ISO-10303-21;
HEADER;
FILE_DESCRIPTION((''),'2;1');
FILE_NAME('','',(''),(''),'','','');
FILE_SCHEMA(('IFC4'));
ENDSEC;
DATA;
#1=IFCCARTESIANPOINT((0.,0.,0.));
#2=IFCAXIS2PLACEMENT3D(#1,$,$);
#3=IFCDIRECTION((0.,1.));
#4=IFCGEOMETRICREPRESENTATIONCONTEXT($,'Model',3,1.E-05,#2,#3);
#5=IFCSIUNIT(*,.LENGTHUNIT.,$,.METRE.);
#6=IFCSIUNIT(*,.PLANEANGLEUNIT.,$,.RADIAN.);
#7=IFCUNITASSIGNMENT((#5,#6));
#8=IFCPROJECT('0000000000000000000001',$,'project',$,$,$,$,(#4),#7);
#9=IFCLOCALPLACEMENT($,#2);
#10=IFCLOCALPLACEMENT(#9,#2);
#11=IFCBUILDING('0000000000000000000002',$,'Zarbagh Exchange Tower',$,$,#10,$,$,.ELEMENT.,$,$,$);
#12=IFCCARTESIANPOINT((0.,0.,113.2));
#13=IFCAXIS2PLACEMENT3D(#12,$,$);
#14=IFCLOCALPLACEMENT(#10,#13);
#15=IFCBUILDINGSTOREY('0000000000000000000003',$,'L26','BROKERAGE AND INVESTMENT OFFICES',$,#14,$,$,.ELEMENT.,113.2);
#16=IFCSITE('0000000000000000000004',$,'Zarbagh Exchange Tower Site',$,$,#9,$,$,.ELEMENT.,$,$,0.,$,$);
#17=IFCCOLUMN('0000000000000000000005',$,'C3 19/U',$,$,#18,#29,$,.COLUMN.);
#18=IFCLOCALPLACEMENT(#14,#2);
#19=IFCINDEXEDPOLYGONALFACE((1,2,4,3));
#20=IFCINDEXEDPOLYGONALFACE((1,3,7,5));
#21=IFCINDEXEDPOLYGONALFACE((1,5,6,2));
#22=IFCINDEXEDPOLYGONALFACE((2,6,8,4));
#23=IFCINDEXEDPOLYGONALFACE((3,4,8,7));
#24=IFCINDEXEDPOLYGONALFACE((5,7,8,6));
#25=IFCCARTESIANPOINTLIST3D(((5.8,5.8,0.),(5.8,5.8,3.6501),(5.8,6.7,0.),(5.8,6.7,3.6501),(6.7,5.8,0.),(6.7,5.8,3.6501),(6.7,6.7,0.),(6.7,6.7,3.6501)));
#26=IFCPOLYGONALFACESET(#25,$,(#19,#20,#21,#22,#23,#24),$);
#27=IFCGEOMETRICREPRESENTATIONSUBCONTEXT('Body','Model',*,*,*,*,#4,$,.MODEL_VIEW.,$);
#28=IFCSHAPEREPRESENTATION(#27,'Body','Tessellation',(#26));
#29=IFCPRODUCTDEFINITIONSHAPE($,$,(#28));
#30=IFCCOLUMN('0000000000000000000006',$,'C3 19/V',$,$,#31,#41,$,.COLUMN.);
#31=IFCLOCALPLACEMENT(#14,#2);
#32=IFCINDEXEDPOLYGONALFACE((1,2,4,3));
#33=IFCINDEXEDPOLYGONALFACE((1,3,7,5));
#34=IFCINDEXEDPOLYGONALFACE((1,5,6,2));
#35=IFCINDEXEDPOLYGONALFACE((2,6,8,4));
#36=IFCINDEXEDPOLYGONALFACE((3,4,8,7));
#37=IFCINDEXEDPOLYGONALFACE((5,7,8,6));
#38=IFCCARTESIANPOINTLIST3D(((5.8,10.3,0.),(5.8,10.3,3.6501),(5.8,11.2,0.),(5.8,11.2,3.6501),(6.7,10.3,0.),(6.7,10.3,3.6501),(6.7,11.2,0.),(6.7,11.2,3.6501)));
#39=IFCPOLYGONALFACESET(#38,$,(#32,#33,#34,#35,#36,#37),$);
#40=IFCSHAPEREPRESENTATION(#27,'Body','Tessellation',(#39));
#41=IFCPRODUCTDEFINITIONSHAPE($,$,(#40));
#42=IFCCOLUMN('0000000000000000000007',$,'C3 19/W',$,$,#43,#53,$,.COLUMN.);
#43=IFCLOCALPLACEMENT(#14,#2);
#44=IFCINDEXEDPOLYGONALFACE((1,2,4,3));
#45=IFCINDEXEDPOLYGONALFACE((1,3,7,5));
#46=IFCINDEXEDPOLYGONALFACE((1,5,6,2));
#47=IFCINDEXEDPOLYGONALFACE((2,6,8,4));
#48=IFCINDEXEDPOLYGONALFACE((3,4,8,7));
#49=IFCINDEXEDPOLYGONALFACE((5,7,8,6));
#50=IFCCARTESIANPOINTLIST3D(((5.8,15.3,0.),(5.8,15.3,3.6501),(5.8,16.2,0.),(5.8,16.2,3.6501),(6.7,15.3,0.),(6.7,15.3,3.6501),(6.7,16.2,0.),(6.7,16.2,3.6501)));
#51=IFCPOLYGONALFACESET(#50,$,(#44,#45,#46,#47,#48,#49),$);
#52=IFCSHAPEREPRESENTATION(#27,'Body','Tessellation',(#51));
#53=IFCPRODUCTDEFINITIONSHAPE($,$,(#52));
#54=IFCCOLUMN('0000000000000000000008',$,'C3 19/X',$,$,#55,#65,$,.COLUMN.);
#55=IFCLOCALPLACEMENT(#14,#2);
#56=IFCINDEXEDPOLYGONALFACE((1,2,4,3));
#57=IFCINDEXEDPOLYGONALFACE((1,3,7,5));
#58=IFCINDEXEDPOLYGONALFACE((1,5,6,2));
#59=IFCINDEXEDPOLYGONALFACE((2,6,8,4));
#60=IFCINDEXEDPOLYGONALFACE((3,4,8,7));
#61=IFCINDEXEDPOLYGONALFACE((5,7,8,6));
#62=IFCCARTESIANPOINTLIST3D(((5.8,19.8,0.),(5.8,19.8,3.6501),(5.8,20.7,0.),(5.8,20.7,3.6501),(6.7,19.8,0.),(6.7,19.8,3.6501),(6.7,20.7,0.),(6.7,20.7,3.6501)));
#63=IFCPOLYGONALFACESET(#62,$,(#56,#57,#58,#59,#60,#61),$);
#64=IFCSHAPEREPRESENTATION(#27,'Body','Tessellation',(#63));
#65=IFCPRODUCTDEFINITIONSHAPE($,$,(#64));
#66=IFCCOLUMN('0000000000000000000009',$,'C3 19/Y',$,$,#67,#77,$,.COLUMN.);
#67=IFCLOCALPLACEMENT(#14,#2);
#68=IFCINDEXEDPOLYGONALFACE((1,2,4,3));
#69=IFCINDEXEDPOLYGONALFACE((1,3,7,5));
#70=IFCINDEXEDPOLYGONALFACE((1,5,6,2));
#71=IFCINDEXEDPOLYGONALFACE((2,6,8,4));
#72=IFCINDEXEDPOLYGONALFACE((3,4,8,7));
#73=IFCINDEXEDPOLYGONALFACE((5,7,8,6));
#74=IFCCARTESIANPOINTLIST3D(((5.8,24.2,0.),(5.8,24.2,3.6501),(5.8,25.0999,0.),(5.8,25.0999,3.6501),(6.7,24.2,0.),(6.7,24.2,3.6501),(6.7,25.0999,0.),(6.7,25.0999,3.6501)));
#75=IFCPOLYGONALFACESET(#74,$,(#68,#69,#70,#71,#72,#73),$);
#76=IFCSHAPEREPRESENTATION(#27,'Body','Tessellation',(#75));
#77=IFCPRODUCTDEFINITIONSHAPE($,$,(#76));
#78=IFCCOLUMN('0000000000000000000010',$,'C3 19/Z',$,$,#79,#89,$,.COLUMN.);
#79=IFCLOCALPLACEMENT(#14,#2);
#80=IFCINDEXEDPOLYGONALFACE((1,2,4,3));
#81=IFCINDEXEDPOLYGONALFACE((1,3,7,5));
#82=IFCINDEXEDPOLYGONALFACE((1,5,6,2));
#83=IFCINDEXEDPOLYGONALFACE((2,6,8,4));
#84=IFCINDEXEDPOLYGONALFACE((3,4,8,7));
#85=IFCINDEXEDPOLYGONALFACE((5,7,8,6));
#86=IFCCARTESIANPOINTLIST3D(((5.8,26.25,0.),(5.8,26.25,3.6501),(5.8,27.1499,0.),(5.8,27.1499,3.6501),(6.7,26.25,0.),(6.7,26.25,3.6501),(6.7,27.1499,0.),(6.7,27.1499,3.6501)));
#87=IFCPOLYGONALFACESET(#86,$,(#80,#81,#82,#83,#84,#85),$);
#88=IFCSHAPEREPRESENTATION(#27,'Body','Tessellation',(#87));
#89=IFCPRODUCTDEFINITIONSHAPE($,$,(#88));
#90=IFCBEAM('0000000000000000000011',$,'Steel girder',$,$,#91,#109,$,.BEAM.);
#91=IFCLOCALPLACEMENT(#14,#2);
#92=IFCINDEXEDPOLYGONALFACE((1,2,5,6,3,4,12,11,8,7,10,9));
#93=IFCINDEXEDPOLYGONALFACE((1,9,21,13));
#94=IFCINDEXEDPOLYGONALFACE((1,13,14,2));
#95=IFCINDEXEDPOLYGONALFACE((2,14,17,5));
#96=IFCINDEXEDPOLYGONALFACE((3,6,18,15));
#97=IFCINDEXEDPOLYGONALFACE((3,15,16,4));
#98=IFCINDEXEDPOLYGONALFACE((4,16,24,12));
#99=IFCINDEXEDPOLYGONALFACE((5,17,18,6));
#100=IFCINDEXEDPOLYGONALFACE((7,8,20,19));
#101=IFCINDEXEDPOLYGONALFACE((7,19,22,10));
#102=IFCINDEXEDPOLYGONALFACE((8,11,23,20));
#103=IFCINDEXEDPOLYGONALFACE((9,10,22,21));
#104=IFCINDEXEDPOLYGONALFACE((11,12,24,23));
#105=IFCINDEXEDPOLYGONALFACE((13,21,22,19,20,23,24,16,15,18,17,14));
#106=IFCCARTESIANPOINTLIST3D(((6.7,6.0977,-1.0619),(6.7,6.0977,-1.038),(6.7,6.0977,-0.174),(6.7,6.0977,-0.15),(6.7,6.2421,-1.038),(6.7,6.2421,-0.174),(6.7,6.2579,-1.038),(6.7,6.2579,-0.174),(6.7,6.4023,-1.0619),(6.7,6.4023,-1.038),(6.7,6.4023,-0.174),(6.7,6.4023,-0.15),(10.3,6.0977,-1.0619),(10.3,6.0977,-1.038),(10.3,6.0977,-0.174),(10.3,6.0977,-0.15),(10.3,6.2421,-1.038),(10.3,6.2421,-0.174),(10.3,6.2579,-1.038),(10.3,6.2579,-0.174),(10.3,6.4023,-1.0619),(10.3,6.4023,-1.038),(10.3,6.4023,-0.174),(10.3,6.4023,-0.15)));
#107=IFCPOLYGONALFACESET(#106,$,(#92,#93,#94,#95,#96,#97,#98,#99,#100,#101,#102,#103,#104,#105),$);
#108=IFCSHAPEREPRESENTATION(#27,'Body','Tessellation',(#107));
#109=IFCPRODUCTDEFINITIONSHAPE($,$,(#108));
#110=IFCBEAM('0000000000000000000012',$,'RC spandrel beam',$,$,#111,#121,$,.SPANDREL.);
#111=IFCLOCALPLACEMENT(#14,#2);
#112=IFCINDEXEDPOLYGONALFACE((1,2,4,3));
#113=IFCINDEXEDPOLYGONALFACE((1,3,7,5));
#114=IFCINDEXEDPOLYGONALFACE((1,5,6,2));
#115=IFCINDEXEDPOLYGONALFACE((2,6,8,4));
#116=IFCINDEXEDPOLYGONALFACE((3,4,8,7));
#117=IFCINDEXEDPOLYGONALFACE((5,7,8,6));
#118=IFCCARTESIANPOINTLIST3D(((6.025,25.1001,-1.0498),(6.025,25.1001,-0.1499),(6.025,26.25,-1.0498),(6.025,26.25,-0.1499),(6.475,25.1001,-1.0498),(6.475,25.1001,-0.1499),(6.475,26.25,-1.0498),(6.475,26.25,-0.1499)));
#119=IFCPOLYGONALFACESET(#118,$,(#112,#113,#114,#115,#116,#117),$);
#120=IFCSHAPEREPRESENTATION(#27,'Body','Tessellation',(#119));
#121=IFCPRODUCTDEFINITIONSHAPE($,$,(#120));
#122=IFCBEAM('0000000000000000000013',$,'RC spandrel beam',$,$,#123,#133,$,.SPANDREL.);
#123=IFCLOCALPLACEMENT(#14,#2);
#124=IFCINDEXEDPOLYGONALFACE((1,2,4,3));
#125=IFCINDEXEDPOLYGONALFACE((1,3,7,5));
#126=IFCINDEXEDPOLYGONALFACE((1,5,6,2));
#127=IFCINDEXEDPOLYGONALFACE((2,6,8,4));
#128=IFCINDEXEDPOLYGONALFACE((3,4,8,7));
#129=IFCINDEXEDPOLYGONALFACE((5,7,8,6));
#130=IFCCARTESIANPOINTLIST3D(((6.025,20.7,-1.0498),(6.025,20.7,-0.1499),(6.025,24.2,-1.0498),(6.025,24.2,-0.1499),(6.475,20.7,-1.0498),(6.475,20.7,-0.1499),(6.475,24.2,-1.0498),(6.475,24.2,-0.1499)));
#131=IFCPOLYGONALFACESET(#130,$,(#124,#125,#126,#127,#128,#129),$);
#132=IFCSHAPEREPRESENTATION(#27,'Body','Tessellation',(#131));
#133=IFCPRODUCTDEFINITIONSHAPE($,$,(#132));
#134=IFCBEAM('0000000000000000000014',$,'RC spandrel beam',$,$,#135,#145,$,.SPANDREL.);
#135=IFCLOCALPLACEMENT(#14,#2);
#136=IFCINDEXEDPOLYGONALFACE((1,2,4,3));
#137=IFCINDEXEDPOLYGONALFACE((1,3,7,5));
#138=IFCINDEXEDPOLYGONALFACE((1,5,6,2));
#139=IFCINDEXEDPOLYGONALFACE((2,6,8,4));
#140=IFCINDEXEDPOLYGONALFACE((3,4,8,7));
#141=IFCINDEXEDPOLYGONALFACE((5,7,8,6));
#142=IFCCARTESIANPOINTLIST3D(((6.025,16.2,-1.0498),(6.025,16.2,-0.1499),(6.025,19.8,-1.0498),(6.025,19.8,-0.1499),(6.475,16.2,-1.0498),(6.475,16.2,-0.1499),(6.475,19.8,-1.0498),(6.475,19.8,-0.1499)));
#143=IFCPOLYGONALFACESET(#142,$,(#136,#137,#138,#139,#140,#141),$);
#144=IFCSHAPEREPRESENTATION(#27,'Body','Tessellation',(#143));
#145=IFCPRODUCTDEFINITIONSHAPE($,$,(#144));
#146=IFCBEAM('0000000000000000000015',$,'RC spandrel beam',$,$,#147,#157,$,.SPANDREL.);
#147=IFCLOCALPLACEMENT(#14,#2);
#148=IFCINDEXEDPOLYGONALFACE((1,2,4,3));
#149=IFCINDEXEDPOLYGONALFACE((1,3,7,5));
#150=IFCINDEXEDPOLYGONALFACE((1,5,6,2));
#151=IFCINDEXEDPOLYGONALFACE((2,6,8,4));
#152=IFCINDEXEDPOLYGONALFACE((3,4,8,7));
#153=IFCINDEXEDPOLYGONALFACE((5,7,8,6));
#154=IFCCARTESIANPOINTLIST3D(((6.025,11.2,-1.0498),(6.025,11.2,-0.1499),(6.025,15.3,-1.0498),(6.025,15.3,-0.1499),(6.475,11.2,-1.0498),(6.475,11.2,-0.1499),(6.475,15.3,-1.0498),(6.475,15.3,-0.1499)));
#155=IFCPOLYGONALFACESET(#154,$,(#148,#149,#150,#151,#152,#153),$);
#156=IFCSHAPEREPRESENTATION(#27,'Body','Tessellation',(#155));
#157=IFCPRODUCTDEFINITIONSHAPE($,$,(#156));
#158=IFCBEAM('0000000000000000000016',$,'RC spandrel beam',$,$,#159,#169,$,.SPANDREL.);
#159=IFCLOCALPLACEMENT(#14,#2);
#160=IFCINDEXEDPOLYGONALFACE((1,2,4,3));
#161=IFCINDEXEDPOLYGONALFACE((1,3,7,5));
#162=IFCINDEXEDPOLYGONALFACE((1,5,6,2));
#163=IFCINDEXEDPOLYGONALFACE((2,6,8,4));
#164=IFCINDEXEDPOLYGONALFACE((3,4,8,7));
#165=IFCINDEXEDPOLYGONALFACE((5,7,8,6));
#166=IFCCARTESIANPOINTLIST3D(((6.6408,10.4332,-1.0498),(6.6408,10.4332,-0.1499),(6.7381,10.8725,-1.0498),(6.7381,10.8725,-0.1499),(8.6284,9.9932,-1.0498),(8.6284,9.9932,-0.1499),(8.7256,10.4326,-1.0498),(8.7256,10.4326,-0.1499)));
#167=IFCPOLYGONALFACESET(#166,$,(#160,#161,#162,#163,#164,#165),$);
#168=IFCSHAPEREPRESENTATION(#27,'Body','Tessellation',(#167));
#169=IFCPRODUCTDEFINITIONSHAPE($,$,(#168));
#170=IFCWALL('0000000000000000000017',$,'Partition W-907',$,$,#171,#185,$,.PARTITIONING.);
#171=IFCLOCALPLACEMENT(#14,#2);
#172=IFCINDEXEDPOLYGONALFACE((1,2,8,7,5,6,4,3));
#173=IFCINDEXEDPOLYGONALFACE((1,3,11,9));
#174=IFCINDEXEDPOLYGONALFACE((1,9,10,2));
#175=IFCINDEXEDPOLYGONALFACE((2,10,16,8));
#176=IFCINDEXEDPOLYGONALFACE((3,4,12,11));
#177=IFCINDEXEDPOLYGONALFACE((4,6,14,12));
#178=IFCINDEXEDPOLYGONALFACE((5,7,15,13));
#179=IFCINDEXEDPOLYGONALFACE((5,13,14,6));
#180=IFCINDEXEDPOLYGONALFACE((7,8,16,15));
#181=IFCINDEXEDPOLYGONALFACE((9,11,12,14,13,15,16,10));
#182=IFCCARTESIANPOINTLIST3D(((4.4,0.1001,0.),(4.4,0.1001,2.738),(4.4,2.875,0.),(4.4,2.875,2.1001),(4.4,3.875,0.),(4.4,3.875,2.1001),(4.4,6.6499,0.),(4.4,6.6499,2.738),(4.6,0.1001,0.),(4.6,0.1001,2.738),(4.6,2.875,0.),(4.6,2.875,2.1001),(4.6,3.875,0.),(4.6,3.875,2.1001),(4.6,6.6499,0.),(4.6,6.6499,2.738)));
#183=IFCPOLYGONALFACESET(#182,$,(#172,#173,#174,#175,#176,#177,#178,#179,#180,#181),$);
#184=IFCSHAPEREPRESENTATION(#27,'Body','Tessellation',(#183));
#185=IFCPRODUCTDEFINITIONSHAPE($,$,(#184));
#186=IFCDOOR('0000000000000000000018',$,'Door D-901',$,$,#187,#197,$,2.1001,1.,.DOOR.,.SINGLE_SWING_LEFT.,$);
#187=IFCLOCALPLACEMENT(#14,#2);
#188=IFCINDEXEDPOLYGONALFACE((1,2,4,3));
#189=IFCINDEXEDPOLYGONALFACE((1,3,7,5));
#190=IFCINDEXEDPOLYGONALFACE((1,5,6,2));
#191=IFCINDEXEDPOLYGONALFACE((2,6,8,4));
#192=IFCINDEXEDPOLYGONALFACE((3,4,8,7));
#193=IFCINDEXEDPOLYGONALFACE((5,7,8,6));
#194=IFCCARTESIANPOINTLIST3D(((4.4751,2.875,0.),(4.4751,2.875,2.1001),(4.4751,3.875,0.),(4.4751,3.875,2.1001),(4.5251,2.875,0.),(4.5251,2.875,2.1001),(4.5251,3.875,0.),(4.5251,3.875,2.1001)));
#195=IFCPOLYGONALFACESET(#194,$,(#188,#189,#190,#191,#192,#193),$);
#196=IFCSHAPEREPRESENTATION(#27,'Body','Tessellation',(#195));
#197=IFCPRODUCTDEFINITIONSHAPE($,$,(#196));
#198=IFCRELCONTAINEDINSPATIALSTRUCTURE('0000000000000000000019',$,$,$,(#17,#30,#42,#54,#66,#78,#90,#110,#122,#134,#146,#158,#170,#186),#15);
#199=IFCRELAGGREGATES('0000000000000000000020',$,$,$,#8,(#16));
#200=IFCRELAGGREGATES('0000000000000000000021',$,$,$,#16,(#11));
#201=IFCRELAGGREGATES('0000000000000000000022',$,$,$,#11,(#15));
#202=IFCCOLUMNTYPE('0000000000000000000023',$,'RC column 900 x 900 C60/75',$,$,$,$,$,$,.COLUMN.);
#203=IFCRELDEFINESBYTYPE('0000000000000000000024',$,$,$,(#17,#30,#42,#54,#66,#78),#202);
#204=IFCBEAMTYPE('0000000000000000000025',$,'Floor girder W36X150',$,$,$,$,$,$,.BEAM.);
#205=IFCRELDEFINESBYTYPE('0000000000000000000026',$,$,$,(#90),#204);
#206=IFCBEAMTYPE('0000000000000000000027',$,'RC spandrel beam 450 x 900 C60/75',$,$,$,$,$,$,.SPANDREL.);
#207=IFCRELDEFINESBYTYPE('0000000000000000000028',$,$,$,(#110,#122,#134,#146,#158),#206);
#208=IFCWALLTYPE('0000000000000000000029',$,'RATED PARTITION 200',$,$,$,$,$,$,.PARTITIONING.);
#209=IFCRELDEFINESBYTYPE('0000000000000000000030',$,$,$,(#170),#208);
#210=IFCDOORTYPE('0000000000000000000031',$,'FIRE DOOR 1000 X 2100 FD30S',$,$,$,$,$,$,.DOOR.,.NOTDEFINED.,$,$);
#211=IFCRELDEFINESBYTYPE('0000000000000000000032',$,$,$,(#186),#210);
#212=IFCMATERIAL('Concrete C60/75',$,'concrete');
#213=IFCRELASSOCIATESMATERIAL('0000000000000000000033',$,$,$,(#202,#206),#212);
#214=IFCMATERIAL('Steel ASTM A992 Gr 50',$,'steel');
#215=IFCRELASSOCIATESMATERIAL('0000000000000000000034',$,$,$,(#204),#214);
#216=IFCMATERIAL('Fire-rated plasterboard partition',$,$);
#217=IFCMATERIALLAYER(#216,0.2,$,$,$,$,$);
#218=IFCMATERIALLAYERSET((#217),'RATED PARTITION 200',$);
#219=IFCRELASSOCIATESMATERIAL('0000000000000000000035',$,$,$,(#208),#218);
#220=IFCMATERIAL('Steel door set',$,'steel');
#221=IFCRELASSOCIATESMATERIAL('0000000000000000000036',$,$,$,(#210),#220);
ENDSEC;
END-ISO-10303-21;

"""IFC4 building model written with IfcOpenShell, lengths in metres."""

from ifc_helpers import new_model, si_unit, direction, frame, frame_2d, origin, origin_2d, place, context, subcontext, project, spatial, rectangle, i_section, extrude, material, layer, layer_set, material_profile, profile_set, type_object, element, fill, save


model = new_model("IFC4")

# Units and contexts
model_context = context("Model", 3, precision=1e-05, world=origin(), true_north=direction((0.0, 1.0)))
body_context = subcontext(model_context, "Body", "Model", "MODEL_VIEW")
ifc_project = project(units=[si_unit("LENGTHUNIT", "METRE"), si_unit("PLANEANGLEUNIT", "RADIAN")], contexts=[model_context])

# Site, building, storey
site_placement = place(None, origin())
site = spatial("IfcSite", under=ifc_project, at=site_placement, Name="Zarbagh Exchange Tower Site", CompositionType="ELEMENT", RefElevation=0.0)
building_placement = place(site_placement, origin())
building = spatial("IfcBuilding", under=site, at=building_placement, Name="Zarbagh Exchange Tower", CompositionType="ELEMENT")
storey_placement = place(building_placement, frame((0.0, 0.0, 113.2)))
storey = spatial("IfcBuildingStorey", under=building, at=storey_placement, Name="L26", Description="BROKERAGE AND INVESTMENT OFFICES", CompositionType="ELEMENT", Elevation=113.2)

# Columns
ifc_material_1 = material(Name="Concrete C60/75", Category="concrete")
ifc_material_profile_1 = material_profile(ifc_material_1, rectangle(XDim=0.8999, YDim=0.8999, at=origin_2d()), Name="RC column 900 x 900 C60/75")
ifc_profile_set_1 = profile_set([ifc_material_profile_1], Name="Concrete C60/75")
column_type = type_object("IfcColumnType", Name="RC column 900 x 900 C60/75", PredefinedType="COLUMN", material=ifc_profile_set_1)
for number, where, z_axis, x_axis, name in (
    (1, (6.25, 6.25, 0.0), (0.0, 0.0, 1.0), (1.0, 0.0, 0.0), "C3 19/U"),
    (2, (6.25, 10.75, 0.0), (0.0, 0.0, 1.0), (1.0, 0.0, 0.0), "C3 19/V"),
    (3, (6.25, 15.75, 0.0), (0.0, 0.0, 1.0), (1.0, 0.0, 0.0), "C3 19/W"),
    (4, (6.25, 20.25, 0.0), (0.0, 0.0, 1.0), (1.0, 0.0, 0.0), "C3 19/X"),
    (5, (6.25, 24.6499, 0.0), (0.0, 0.0, 1.0), (1.0, 0.0, 0.0), "C3 19/Y"),
    (6, (6.25, 26.7, 0.0), (0.0, 0.0, 1.0), (1.0, 0.0, 0.0), "C3 19/Z"),
):
    element("IfcColumn", number, at=place(storey_placement, frame(where, z_axis=z_axis, x_axis=x_axis)), inside=storey, type_object=column_type, Name=name, PredefinedType="COLUMN", context=body_context, shape_type="SweptSolid", body=[
        extrude(rectangle(XDim=0.8999, YDim=0.8999, at=origin_2d()), origin(), (0.0, 0.0, 1.0), 3.6501),
    ])

# Beams
ifc_material_2 = material(Name="Steel ASTM A992 Gr 50", Category="steel")
ifc_material_profile_2 = material_profile(ifc_material_2, i_section(OverallWidth=0.3047, OverallDepth=0.9119, WebThickness=0.0159, FlangeThickness=0.0239, at=origin_2d()), Name="W36X150")
ifc_profile_set_2 = profile_set([ifc_material_profile_2], Name="Steel ASTM A992 Gr 50")
beam_type_1 = type_object("IfcBeamType", Name="Floor girder W36X150", PredefinedType="BEAM", material=ifc_profile_set_2)
beam_1_placement = place(storey_placement, frame((6.7, 6.25, -0.606), z_axis=(1.0, 0.0, 0.0), x_axis=(0.0, 1.0, 0.0)))
element("IfcBeam", 7, at=beam_1_placement, inside=storey, type_object=beam_type_1, Name="Steel girder", PredefinedType="BEAM", context=body_context, shape_type="SweptSolid", body=[
    extrude(i_section(OverallWidth=0.3047, OverallDepth=0.9119, WebThickness=0.0159, FlangeThickness=0.0239, at=origin_2d()), origin(), (0.0, 0.0, 1.0), 3.6001),
])
ifc_material_profile_3 = material_profile(ifc_material_1, rectangle(XDim=0.45, YDim=0.8999, at=origin_2d()), Name="RC spandrel beam 450 x 900 C60/75")
ifc_profile_set_3 = profile_set([ifc_material_profile_3], Name="Concrete C60/75")
beam_type_2 = type_object("IfcBeamType", Name="RC spandrel beam 450 x 900 C60/75", PredefinedType="SPANDREL", material=ifc_profile_set_3)
beam_2_placement = place(storey_placement, frame((6.25, 26.25, -0.5999), z_axis=(0.0, -1.0, 0.0), x_axis=(1.0, 0.0, 0.0)))
element("IfcBeam", 8, at=beam_2_placement, inside=storey, type_object=beam_type_2, Name="RC spandrel beam", PredefinedType="SPANDREL", context=body_context, shape_type="SweptSolid", body=[
    extrude(rectangle(XDim=0.45, YDim=0.8999, at=origin_2d()), origin(), (0.0, 0.0, 1.0), 1.1499),
])
beam_3_placement = place(storey_placement, frame((6.25, 24.2, -0.5999), z_axis=(0.0, -1.0, 0.0), x_axis=(1.0, 0.0, 0.0)))
element("IfcBeam", 9, at=beam_3_placement, inside=storey, type_object=beam_type_2, Name="RC spandrel beam", PredefinedType="SPANDREL", context=body_context, shape_type="SweptSolid", body=[
    extrude(rectangle(XDim=0.45, YDim=0.8999, at=origin_2d()), origin(), (0.0, 0.0, 1.0), 3.5),
])
beam_4_placement = place(storey_placement, frame((6.25, 19.8, -0.5999), z_axis=(0.0, -1.0, 0.0), x_axis=(1.0, 0.0, 0.0)))
element("IfcBeam", 10, at=beam_4_placement, inside=storey, type_object=beam_type_2, Name="RC spandrel beam", PredefinedType="SPANDREL", context=body_context, shape_type="SweptSolid", body=[
    extrude(rectangle(XDim=0.45, YDim=0.8999, at=origin_2d()), origin(), (0.0, 0.0, 1.0), 3.6001),
])
beam_5_placement = place(storey_placement, frame((6.25, 15.3, -0.5999), z_axis=(0.0, -1.0, 0.0), x_axis=(1.0, 0.0, 0.0)))
element("IfcBeam", 11, at=beam_5_placement, inside=storey, type_object=beam_type_2, Name="RC spandrel beam", PredefinedType="SPANDREL", context=body_context, shape_type="SweptSolid", body=[
    extrude(rectangle(XDim=0.45, YDim=0.8999, at=origin_2d()), origin(), (0.0, 0.0, 1.0), 4.1001),
])
beam_6_placement = place(storey_placement, frame((6.6895, 10.6528, -0.5999), z_axis=(0.976367, -0.216118, 0.0), x_axis=(0.216118, 0.976367, 0.0)))
element("IfcBeam", 12, at=beam_6_placement, inside=storey, type_object=beam_type_2, Name="RC spandrel beam", PredefinedType="SPANDREL", context=body_context, shape_type="SweptSolid", body=[
    extrude(rectangle(XDim=0.45, YDim=0.8999, at=origin_2d()), origin(), (0.0, 0.0, 1.0), 2.0356),
])

# Wall, opening, door
ifc_material_3 = material(Name="Fire-rated plasterboard partition")
ifc_layer_1 = layer(ifc_material_3, 0.2)
ifc_layer_set_1 = layer_set([ifc_layer_1], Name="RATED PARTITION 200")
wall_type_1 = type_object("IfcWallType", Name="RATED PARTITION 200", PredefinedType="PARTITIONING", material=ifc_layer_set_1)
wall_1_placement = place(storey_placement, frame((4.5, 0.1001, 0.0), z_axis=(0.0, 0.0, 1.0), x_axis=(0.0, 1.0, 0.0)))
wall_1 = element("IfcWall", 13, at=wall_1_placement, inside=storey, type_object=wall_type_1, Name="Partition W-907", PredefinedType="PARTITIONING", context=body_context, shape_type="SweptSolid", body=[
    extrude(rectangle(XDim=6.5498, YDim=0.2, at=frame_2d((3.2749, 0.0))), origin(), (0.0, 0.0, 1.0), 2.738),
])
opening_1_placement = place(wall_1_placement, frame((2.7749, 0.0, 0.0)))
opening_1 = element("IfcOpeningElement", 14, at=opening_1_placement, cuts=wall_1, PredefinedType="OPENING", context=body_context, shape_type="SweptSolid", body=[
    extrude(rectangle(XDim=1.0, YDim=2.1001, at=frame_2d((0.5, 1.05))), frame((0.0, 0.1099, 0.0), z_axis=(0.0, -1.0, 0.0), x_axis=(1.0, 0.0, 0.0)), (0.0, 0.0, 1.0), 0.22),
])
ifc_material_4 = material(Name="Steel door set", Category="steel")
door_type_1 = type_object("IfcDoorType", Name="FIRE DOOR 1000 X 2100 FD30S", OperationType="NOTDEFINED", PredefinedType="DOOR", material=ifc_material_4)
door_1_placement = place(opening_1_placement, origin())
door_1 = element("IfcDoor", 15, at=door_1_placement, inside=storey, type_object=door_type_1, Name="Door D-901", OperationType="SINGLE_SWING_LEFT", OverallHeight=2.1001, OverallWidth=1.0, PredefinedType="DOOR", context=body_context, shape_type="SweptSolid", body=[
    extrude(rectangle(XDim=1.0, YDim=2.1001, at=frame_2d((0.5, 1.05))), frame((0.0, 0.0249, 0.0), z_axis=(0.0, -1.0, 0.0), x_axis=(1.0, 0.0, 0.0)), (0.0, 0.0, 1.0), 0.05),
])
fill(opening_1, door_1)

save(model, "model.ifc")
